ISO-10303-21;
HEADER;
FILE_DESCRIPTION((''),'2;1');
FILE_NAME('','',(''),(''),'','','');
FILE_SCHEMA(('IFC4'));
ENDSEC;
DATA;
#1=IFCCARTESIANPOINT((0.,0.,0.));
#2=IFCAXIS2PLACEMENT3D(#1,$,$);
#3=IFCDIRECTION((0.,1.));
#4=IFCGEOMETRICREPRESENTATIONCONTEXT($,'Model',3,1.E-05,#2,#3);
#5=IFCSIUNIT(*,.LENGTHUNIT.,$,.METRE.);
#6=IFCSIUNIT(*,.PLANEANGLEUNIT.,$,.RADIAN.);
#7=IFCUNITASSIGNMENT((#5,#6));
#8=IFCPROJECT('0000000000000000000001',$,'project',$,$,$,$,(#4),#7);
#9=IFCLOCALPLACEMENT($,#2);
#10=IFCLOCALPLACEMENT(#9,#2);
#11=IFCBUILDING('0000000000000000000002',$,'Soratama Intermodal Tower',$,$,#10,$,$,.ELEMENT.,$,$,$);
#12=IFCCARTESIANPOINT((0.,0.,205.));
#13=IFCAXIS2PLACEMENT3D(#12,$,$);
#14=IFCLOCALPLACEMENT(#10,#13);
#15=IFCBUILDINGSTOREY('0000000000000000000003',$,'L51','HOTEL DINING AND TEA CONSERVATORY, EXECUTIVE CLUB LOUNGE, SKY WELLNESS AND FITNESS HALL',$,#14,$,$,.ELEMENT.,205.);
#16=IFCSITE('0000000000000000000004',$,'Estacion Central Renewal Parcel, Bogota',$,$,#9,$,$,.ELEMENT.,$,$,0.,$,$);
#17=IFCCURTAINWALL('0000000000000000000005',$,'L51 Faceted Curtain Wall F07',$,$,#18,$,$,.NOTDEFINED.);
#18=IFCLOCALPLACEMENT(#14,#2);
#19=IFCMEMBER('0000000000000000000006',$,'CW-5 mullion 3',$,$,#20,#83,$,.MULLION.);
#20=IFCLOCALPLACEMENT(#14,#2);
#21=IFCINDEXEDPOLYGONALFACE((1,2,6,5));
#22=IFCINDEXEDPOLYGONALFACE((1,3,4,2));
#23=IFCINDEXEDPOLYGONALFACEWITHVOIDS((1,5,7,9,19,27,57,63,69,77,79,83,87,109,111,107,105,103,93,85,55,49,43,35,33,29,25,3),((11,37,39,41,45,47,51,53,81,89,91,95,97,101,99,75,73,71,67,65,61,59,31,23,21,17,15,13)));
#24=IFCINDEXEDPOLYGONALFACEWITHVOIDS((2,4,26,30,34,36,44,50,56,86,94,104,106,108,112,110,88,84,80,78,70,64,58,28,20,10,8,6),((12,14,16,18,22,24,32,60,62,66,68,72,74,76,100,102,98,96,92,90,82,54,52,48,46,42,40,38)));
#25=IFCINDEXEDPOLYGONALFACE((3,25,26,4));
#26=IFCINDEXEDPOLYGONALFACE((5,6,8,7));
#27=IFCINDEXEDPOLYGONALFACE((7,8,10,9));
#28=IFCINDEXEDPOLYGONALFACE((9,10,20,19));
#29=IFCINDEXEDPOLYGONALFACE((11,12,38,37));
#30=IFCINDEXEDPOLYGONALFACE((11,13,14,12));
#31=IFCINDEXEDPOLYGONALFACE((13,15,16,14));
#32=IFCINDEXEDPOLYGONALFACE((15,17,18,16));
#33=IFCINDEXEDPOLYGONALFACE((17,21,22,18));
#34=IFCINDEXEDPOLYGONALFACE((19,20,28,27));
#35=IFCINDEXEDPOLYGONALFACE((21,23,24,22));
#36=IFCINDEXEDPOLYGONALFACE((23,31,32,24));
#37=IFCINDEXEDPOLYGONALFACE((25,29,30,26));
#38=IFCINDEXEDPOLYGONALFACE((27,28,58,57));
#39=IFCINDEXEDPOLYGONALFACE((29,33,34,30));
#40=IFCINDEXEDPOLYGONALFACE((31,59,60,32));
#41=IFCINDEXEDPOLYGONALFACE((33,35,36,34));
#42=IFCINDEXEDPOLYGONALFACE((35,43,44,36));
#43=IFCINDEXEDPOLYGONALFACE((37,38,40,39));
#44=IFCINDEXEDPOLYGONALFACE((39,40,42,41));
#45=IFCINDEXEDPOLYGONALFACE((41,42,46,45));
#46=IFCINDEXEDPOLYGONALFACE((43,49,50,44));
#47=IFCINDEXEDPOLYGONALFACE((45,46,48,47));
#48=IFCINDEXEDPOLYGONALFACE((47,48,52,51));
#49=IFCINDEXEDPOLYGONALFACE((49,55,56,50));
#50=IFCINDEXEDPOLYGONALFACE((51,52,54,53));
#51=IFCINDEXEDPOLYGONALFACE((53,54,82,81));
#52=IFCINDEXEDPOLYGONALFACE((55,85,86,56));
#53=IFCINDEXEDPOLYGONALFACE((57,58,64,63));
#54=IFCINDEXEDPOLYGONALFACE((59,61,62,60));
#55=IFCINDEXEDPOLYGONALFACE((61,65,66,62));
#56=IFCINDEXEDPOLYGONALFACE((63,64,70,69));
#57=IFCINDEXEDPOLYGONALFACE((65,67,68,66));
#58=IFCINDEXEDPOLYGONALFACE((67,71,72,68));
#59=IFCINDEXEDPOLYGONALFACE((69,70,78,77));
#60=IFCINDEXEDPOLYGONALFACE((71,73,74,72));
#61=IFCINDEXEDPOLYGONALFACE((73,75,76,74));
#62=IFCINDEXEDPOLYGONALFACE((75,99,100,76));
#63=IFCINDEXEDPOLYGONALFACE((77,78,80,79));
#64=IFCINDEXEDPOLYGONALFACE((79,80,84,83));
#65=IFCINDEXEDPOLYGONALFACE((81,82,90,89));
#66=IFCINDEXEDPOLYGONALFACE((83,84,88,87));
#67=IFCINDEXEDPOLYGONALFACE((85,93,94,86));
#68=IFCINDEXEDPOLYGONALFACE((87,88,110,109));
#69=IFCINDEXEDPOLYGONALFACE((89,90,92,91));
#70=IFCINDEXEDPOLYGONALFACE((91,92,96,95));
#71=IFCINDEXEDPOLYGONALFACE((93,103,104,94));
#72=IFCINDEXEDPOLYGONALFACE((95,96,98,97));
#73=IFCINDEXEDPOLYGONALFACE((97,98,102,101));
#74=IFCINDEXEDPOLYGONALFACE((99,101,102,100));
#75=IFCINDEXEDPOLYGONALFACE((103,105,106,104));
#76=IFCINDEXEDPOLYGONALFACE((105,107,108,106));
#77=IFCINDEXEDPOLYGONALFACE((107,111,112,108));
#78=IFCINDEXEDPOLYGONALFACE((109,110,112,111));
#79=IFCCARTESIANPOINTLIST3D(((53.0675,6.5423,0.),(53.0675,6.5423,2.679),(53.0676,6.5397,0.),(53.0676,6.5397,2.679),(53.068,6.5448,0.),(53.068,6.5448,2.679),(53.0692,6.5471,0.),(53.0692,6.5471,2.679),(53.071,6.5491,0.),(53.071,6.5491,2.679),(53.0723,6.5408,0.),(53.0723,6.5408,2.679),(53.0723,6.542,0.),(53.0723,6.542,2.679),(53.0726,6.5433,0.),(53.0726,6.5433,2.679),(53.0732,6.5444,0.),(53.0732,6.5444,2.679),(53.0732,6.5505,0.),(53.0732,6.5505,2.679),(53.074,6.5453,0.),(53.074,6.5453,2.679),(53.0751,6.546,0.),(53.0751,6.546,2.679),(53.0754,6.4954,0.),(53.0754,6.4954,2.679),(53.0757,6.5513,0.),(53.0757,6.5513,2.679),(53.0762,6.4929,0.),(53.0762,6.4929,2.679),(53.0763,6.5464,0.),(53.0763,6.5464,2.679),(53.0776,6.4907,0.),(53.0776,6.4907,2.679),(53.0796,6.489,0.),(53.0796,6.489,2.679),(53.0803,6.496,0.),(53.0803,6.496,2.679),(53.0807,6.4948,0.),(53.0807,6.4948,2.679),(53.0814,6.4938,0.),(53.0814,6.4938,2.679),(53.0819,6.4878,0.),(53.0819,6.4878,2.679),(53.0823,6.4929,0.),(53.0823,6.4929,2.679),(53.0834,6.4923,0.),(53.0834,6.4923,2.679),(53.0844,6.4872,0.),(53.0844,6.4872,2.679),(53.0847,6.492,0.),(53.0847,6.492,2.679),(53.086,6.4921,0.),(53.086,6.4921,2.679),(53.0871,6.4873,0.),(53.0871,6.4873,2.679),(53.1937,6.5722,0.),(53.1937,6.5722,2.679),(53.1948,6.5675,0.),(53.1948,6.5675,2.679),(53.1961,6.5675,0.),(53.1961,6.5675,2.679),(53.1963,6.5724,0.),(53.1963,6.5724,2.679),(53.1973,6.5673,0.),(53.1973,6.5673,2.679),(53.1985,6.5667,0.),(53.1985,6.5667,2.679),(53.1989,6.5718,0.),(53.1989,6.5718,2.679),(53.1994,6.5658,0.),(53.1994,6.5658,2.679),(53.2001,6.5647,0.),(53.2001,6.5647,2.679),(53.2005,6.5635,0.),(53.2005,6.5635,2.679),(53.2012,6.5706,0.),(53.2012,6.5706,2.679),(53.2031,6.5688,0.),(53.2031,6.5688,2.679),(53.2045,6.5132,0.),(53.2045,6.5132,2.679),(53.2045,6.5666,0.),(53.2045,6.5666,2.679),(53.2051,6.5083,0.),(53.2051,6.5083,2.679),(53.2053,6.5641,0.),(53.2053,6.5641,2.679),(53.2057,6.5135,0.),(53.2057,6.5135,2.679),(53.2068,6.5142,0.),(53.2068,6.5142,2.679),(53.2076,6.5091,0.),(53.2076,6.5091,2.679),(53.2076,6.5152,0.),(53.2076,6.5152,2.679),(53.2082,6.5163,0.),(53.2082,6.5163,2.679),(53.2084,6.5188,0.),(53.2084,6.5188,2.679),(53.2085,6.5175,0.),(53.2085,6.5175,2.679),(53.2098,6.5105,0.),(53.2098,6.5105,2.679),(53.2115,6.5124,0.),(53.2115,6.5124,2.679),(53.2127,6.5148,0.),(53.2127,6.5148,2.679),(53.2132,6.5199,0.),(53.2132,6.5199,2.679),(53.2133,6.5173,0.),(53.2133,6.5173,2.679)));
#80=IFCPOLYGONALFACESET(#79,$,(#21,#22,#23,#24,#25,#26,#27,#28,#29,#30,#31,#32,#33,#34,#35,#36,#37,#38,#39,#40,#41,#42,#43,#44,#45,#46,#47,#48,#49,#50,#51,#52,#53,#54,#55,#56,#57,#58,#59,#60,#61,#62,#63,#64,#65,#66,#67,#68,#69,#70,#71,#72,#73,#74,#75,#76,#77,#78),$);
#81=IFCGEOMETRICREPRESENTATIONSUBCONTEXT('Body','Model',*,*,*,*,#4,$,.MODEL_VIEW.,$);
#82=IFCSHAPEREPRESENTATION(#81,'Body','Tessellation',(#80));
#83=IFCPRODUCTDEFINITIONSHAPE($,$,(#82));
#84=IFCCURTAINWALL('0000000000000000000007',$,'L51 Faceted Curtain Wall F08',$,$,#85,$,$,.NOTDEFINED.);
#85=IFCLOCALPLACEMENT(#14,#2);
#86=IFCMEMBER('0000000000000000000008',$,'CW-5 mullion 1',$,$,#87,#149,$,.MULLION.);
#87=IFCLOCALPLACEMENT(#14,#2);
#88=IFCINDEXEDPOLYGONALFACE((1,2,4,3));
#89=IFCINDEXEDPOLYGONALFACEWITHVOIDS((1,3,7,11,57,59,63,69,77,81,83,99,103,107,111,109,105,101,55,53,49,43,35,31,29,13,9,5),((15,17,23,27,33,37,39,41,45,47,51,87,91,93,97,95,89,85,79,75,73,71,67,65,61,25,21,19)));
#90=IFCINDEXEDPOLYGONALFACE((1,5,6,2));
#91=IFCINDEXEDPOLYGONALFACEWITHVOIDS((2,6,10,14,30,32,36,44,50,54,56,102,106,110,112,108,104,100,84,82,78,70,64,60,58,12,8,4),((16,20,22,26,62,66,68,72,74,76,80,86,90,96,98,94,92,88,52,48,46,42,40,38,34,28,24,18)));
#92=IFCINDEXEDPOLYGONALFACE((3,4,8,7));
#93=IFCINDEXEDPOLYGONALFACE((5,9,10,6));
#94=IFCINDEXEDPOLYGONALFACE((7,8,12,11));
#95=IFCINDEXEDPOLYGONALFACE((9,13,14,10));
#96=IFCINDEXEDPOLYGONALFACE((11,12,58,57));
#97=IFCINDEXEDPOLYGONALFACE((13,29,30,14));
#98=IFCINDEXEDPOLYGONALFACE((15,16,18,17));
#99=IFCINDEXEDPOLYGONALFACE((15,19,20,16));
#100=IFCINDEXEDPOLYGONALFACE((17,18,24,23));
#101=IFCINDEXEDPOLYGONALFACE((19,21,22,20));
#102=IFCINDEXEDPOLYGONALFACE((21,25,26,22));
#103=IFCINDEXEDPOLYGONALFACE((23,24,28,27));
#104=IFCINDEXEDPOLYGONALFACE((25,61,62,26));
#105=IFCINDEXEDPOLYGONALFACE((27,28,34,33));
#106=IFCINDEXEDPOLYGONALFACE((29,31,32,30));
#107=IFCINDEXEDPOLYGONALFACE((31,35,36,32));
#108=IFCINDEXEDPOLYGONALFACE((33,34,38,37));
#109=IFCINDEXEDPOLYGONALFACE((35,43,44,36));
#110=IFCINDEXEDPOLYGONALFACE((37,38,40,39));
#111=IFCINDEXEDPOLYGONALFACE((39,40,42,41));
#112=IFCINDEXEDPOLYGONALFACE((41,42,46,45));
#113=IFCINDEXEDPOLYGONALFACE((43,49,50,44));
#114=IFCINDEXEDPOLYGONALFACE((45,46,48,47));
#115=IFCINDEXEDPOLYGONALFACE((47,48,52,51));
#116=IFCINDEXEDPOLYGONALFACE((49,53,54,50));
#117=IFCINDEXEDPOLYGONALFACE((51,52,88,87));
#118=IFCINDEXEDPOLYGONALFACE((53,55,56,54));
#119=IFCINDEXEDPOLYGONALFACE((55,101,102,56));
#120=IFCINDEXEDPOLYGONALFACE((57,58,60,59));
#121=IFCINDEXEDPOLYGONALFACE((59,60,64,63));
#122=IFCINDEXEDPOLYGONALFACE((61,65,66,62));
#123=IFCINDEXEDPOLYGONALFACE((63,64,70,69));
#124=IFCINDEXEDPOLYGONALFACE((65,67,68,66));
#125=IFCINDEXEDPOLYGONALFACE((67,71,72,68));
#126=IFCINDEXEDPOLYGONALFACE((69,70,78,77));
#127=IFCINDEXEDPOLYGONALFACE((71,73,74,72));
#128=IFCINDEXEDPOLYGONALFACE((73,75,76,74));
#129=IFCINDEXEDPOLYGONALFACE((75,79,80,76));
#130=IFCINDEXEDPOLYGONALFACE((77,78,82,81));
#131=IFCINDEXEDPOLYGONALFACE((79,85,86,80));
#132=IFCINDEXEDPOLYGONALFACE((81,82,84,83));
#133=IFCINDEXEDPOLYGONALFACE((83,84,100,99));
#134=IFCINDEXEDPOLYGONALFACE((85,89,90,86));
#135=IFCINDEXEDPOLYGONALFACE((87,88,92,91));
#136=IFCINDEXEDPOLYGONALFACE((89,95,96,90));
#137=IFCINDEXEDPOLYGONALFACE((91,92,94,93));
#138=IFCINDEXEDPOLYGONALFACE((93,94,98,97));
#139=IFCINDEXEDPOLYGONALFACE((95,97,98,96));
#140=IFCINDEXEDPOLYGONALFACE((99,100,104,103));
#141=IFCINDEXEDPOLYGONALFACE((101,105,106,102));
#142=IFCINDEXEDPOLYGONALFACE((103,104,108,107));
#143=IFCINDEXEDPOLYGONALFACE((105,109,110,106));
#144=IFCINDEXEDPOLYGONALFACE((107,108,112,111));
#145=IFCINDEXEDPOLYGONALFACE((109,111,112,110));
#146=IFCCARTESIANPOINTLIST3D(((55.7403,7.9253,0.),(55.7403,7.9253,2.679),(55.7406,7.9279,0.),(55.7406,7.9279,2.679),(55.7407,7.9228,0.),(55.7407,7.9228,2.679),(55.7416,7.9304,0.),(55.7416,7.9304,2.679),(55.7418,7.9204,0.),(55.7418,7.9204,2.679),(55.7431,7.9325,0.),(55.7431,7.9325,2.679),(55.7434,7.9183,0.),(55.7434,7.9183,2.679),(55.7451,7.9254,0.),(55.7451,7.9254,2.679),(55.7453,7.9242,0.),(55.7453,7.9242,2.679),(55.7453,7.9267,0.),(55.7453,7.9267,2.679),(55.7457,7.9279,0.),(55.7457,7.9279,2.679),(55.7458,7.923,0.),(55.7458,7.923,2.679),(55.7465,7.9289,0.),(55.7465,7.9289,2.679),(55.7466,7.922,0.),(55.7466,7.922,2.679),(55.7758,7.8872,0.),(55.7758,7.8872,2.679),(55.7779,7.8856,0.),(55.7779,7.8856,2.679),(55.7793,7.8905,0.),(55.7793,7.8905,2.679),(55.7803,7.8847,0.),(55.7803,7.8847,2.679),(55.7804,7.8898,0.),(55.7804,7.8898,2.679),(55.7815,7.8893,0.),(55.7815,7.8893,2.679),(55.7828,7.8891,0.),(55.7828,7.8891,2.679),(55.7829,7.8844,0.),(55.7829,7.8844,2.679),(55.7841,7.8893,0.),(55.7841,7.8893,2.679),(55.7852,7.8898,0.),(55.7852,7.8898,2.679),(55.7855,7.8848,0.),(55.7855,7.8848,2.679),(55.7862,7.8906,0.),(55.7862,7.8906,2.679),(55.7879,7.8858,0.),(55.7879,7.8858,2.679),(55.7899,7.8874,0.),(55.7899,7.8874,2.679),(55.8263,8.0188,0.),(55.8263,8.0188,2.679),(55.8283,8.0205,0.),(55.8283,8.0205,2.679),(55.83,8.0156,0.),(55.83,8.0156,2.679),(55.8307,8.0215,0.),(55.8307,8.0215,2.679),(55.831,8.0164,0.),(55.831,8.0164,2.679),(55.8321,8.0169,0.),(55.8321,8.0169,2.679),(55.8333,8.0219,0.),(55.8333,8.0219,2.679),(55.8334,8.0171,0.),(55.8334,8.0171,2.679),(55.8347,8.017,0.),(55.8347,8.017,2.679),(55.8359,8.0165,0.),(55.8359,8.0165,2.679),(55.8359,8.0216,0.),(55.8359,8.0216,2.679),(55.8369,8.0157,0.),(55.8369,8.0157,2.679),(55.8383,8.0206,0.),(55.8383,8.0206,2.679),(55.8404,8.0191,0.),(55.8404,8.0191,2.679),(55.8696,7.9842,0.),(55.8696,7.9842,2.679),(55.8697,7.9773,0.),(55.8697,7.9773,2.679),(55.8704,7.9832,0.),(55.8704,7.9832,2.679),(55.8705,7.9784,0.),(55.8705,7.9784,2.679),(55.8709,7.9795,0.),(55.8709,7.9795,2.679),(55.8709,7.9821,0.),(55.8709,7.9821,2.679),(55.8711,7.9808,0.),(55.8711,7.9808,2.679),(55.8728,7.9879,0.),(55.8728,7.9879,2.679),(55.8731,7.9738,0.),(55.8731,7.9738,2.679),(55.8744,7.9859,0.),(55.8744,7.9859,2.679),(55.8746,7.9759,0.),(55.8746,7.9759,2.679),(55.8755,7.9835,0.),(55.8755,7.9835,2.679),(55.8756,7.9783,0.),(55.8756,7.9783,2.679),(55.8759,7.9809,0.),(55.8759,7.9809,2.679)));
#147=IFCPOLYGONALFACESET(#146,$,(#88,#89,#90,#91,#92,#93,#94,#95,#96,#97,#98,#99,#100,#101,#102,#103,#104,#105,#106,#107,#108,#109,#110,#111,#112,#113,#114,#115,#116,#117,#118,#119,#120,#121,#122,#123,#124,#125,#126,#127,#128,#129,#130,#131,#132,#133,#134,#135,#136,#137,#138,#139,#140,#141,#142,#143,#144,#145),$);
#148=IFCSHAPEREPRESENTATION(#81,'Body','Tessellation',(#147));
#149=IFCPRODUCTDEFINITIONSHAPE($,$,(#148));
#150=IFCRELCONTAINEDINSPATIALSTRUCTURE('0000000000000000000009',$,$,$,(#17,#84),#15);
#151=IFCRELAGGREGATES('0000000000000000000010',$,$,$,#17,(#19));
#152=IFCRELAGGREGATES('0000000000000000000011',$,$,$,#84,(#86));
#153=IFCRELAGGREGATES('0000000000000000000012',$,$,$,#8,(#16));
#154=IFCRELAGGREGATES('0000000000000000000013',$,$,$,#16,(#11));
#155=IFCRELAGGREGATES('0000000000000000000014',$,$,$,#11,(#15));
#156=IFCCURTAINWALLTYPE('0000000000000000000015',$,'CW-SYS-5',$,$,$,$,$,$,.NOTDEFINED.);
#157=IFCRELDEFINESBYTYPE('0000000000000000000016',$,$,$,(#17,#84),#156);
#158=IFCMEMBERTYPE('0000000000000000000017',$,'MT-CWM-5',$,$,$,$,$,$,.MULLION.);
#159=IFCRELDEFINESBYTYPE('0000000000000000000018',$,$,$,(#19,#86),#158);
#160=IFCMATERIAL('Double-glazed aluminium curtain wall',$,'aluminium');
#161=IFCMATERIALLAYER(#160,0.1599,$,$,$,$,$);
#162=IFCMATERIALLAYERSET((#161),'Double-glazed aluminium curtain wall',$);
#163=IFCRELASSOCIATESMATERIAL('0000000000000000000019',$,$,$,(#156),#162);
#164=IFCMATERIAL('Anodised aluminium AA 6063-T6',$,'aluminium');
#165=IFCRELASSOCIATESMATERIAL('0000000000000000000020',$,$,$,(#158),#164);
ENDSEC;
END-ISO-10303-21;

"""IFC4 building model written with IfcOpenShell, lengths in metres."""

from ifc_helpers import new_model, si_unit, direction, frame, origin, origin_2d, place, context, subcontext, project, spatial, hollow_rectangle, extrude, material, layer, layer_set, material_profile, profile_set, type_object, element, aggregate, save


model = new_model("IFC4")

# Units and contexts
model_context = context("Model", 3, precision=1e-05, world=origin(), true_north=direction((0.0, 1.0)))
body_context = subcontext(model_context, "Body", "Model", "MODEL_VIEW")
ifc_project = project(units=[si_unit("LENGTHUNIT", "METRE"), si_unit("PLANEANGLEUNIT", "RADIAN")], contexts=[model_context])

# Site, building, storey
site_placement = place(None, origin())
site = spatial("IfcSite", under=ifc_project, at=site_placement, Name="Estacion Central Renewal Parcel, Bogota", CompositionType="ELEMENT", RefElevation=0.0)
building_placement = place(site_placement, origin())
building = spatial("IfcBuilding", under=site, at=building_placement, Name="Soratama Intermodal Tower", CompositionType="ELEMENT")
storey_placement = place(building_placement, frame((0.0, 0.0, 205.0)))
storey = spatial("IfcBuildingStorey", under=building, at=storey_placement, Name="L51", Description="HOTEL DINING AND TEA CONSERVATORY, EXECUTIVE CLUB LOUNGE, SKY WELLNESS AND FITNESS HALL", CompositionType="ELEMENT", Elevation=205.0)

# Curtain walls, members
ifc_material_1 = material(Name="Double-glazed aluminium curtain wall", Category="aluminium")
ifc_layer_1 = layer(ifc_material_1, 0.1599)
ifc_layer_set_1 = layer_set([ifc_layer_1], Name="Double-glazed aluminium curtain wall")
curtain_wall_type = type_object("IfcCurtainWallType", Name="CW-SYS-5", PredefinedType="NOTDEFINED", material=ifc_layer_set_1)
curtain_wall_1_placement = place(storey_placement, origin())
curtain_wall_1 = element("IfcCurtainWall", 1, at=curtain_wall_1_placement, inside=storey, type_object=curtain_wall_type, Name="L51 Faceted Curtain Wall F07", PredefinedType="NOTDEFINED")
ifc_material_2 = material(Name="Anodised aluminium AA 6063-T6", Category="aluminium")
ifc_material_profile_1 = material_profile(ifc_material_2, hollow_rectangle(XDim=0.0649, YDim=0.1399, WallThickness=0.0049, InnerFilletRadius=0.0049, OuterFilletRadius=0.01, at=origin_2d()), Name="CWM140X65X5")
ifc_profile_set_1 = profile_set([ifc_material_profile_1], Name="Anodised aluminium AA 6063-T6")
member_type_1 = type_object("IfcMemberType", Name="MT-CWM-5", PredefinedType="MULLION", material=ifc_profile_set_1)
member_1_placement = place(storey_placement, frame((53.1404, 6.5298, 0.0), z_axis=(0.0, 0.0, 1.0), x_axis=(-0.175028, 0.984563, 0.0)))
member_1 = element("IfcMember", 2, at=member_1_placement, type_object=member_type_1, Name="CW-5 mullion 3", PredefinedType="MULLION", context=body_context, shape_type="SweptSolid", body=[
    extrude(hollow_rectangle(XDim=0.0649, YDim=0.1399, WallThickness=0.0049, InnerFilletRadius=0.0049, OuterFilletRadius=0.01, at=origin_2d()), origin(), (0.0, 0.0, 1.0), 2.679),
])
curtain_wall_2_placement = place(storey_placement, origin())
curtain_wall_2 = element("IfcCurtainWall", 3, at=curtain_wall_2_placement, inside=storey, type_object=curtain_wall_type, Name="L51 Faceted Curtain Wall F08", PredefinedType="NOTDEFINED")
member_2_placement = place(storey_placement, frame((55.8081, 7.9531, 0.0), z_axis=(0.0, 0.0, 1.0), x_axis=(-0.720307, 0.693655, 0.0)))
member_2 = element("IfcMember", 4, at=member_2_placement, type_object=member_type_1, Name="CW-5 mullion 1", PredefinedType="MULLION", context=body_context, shape_type="SweptSolid", body=[
    extrude(hollow_rectangle(XDim=0.0649, YDim=0.1399, WallThickness=0.0049, InnerFilletRadius=0.0049, OuterFilletRadius=0.01, at=origin_2d()), origin(), (0.0, 0.0, 1.0), 2.679),
])

aggregate(curtain_wall_1, [member_1])
aggregate(curtain_wall_2, [member_2])

save(model, "model.ifc")
